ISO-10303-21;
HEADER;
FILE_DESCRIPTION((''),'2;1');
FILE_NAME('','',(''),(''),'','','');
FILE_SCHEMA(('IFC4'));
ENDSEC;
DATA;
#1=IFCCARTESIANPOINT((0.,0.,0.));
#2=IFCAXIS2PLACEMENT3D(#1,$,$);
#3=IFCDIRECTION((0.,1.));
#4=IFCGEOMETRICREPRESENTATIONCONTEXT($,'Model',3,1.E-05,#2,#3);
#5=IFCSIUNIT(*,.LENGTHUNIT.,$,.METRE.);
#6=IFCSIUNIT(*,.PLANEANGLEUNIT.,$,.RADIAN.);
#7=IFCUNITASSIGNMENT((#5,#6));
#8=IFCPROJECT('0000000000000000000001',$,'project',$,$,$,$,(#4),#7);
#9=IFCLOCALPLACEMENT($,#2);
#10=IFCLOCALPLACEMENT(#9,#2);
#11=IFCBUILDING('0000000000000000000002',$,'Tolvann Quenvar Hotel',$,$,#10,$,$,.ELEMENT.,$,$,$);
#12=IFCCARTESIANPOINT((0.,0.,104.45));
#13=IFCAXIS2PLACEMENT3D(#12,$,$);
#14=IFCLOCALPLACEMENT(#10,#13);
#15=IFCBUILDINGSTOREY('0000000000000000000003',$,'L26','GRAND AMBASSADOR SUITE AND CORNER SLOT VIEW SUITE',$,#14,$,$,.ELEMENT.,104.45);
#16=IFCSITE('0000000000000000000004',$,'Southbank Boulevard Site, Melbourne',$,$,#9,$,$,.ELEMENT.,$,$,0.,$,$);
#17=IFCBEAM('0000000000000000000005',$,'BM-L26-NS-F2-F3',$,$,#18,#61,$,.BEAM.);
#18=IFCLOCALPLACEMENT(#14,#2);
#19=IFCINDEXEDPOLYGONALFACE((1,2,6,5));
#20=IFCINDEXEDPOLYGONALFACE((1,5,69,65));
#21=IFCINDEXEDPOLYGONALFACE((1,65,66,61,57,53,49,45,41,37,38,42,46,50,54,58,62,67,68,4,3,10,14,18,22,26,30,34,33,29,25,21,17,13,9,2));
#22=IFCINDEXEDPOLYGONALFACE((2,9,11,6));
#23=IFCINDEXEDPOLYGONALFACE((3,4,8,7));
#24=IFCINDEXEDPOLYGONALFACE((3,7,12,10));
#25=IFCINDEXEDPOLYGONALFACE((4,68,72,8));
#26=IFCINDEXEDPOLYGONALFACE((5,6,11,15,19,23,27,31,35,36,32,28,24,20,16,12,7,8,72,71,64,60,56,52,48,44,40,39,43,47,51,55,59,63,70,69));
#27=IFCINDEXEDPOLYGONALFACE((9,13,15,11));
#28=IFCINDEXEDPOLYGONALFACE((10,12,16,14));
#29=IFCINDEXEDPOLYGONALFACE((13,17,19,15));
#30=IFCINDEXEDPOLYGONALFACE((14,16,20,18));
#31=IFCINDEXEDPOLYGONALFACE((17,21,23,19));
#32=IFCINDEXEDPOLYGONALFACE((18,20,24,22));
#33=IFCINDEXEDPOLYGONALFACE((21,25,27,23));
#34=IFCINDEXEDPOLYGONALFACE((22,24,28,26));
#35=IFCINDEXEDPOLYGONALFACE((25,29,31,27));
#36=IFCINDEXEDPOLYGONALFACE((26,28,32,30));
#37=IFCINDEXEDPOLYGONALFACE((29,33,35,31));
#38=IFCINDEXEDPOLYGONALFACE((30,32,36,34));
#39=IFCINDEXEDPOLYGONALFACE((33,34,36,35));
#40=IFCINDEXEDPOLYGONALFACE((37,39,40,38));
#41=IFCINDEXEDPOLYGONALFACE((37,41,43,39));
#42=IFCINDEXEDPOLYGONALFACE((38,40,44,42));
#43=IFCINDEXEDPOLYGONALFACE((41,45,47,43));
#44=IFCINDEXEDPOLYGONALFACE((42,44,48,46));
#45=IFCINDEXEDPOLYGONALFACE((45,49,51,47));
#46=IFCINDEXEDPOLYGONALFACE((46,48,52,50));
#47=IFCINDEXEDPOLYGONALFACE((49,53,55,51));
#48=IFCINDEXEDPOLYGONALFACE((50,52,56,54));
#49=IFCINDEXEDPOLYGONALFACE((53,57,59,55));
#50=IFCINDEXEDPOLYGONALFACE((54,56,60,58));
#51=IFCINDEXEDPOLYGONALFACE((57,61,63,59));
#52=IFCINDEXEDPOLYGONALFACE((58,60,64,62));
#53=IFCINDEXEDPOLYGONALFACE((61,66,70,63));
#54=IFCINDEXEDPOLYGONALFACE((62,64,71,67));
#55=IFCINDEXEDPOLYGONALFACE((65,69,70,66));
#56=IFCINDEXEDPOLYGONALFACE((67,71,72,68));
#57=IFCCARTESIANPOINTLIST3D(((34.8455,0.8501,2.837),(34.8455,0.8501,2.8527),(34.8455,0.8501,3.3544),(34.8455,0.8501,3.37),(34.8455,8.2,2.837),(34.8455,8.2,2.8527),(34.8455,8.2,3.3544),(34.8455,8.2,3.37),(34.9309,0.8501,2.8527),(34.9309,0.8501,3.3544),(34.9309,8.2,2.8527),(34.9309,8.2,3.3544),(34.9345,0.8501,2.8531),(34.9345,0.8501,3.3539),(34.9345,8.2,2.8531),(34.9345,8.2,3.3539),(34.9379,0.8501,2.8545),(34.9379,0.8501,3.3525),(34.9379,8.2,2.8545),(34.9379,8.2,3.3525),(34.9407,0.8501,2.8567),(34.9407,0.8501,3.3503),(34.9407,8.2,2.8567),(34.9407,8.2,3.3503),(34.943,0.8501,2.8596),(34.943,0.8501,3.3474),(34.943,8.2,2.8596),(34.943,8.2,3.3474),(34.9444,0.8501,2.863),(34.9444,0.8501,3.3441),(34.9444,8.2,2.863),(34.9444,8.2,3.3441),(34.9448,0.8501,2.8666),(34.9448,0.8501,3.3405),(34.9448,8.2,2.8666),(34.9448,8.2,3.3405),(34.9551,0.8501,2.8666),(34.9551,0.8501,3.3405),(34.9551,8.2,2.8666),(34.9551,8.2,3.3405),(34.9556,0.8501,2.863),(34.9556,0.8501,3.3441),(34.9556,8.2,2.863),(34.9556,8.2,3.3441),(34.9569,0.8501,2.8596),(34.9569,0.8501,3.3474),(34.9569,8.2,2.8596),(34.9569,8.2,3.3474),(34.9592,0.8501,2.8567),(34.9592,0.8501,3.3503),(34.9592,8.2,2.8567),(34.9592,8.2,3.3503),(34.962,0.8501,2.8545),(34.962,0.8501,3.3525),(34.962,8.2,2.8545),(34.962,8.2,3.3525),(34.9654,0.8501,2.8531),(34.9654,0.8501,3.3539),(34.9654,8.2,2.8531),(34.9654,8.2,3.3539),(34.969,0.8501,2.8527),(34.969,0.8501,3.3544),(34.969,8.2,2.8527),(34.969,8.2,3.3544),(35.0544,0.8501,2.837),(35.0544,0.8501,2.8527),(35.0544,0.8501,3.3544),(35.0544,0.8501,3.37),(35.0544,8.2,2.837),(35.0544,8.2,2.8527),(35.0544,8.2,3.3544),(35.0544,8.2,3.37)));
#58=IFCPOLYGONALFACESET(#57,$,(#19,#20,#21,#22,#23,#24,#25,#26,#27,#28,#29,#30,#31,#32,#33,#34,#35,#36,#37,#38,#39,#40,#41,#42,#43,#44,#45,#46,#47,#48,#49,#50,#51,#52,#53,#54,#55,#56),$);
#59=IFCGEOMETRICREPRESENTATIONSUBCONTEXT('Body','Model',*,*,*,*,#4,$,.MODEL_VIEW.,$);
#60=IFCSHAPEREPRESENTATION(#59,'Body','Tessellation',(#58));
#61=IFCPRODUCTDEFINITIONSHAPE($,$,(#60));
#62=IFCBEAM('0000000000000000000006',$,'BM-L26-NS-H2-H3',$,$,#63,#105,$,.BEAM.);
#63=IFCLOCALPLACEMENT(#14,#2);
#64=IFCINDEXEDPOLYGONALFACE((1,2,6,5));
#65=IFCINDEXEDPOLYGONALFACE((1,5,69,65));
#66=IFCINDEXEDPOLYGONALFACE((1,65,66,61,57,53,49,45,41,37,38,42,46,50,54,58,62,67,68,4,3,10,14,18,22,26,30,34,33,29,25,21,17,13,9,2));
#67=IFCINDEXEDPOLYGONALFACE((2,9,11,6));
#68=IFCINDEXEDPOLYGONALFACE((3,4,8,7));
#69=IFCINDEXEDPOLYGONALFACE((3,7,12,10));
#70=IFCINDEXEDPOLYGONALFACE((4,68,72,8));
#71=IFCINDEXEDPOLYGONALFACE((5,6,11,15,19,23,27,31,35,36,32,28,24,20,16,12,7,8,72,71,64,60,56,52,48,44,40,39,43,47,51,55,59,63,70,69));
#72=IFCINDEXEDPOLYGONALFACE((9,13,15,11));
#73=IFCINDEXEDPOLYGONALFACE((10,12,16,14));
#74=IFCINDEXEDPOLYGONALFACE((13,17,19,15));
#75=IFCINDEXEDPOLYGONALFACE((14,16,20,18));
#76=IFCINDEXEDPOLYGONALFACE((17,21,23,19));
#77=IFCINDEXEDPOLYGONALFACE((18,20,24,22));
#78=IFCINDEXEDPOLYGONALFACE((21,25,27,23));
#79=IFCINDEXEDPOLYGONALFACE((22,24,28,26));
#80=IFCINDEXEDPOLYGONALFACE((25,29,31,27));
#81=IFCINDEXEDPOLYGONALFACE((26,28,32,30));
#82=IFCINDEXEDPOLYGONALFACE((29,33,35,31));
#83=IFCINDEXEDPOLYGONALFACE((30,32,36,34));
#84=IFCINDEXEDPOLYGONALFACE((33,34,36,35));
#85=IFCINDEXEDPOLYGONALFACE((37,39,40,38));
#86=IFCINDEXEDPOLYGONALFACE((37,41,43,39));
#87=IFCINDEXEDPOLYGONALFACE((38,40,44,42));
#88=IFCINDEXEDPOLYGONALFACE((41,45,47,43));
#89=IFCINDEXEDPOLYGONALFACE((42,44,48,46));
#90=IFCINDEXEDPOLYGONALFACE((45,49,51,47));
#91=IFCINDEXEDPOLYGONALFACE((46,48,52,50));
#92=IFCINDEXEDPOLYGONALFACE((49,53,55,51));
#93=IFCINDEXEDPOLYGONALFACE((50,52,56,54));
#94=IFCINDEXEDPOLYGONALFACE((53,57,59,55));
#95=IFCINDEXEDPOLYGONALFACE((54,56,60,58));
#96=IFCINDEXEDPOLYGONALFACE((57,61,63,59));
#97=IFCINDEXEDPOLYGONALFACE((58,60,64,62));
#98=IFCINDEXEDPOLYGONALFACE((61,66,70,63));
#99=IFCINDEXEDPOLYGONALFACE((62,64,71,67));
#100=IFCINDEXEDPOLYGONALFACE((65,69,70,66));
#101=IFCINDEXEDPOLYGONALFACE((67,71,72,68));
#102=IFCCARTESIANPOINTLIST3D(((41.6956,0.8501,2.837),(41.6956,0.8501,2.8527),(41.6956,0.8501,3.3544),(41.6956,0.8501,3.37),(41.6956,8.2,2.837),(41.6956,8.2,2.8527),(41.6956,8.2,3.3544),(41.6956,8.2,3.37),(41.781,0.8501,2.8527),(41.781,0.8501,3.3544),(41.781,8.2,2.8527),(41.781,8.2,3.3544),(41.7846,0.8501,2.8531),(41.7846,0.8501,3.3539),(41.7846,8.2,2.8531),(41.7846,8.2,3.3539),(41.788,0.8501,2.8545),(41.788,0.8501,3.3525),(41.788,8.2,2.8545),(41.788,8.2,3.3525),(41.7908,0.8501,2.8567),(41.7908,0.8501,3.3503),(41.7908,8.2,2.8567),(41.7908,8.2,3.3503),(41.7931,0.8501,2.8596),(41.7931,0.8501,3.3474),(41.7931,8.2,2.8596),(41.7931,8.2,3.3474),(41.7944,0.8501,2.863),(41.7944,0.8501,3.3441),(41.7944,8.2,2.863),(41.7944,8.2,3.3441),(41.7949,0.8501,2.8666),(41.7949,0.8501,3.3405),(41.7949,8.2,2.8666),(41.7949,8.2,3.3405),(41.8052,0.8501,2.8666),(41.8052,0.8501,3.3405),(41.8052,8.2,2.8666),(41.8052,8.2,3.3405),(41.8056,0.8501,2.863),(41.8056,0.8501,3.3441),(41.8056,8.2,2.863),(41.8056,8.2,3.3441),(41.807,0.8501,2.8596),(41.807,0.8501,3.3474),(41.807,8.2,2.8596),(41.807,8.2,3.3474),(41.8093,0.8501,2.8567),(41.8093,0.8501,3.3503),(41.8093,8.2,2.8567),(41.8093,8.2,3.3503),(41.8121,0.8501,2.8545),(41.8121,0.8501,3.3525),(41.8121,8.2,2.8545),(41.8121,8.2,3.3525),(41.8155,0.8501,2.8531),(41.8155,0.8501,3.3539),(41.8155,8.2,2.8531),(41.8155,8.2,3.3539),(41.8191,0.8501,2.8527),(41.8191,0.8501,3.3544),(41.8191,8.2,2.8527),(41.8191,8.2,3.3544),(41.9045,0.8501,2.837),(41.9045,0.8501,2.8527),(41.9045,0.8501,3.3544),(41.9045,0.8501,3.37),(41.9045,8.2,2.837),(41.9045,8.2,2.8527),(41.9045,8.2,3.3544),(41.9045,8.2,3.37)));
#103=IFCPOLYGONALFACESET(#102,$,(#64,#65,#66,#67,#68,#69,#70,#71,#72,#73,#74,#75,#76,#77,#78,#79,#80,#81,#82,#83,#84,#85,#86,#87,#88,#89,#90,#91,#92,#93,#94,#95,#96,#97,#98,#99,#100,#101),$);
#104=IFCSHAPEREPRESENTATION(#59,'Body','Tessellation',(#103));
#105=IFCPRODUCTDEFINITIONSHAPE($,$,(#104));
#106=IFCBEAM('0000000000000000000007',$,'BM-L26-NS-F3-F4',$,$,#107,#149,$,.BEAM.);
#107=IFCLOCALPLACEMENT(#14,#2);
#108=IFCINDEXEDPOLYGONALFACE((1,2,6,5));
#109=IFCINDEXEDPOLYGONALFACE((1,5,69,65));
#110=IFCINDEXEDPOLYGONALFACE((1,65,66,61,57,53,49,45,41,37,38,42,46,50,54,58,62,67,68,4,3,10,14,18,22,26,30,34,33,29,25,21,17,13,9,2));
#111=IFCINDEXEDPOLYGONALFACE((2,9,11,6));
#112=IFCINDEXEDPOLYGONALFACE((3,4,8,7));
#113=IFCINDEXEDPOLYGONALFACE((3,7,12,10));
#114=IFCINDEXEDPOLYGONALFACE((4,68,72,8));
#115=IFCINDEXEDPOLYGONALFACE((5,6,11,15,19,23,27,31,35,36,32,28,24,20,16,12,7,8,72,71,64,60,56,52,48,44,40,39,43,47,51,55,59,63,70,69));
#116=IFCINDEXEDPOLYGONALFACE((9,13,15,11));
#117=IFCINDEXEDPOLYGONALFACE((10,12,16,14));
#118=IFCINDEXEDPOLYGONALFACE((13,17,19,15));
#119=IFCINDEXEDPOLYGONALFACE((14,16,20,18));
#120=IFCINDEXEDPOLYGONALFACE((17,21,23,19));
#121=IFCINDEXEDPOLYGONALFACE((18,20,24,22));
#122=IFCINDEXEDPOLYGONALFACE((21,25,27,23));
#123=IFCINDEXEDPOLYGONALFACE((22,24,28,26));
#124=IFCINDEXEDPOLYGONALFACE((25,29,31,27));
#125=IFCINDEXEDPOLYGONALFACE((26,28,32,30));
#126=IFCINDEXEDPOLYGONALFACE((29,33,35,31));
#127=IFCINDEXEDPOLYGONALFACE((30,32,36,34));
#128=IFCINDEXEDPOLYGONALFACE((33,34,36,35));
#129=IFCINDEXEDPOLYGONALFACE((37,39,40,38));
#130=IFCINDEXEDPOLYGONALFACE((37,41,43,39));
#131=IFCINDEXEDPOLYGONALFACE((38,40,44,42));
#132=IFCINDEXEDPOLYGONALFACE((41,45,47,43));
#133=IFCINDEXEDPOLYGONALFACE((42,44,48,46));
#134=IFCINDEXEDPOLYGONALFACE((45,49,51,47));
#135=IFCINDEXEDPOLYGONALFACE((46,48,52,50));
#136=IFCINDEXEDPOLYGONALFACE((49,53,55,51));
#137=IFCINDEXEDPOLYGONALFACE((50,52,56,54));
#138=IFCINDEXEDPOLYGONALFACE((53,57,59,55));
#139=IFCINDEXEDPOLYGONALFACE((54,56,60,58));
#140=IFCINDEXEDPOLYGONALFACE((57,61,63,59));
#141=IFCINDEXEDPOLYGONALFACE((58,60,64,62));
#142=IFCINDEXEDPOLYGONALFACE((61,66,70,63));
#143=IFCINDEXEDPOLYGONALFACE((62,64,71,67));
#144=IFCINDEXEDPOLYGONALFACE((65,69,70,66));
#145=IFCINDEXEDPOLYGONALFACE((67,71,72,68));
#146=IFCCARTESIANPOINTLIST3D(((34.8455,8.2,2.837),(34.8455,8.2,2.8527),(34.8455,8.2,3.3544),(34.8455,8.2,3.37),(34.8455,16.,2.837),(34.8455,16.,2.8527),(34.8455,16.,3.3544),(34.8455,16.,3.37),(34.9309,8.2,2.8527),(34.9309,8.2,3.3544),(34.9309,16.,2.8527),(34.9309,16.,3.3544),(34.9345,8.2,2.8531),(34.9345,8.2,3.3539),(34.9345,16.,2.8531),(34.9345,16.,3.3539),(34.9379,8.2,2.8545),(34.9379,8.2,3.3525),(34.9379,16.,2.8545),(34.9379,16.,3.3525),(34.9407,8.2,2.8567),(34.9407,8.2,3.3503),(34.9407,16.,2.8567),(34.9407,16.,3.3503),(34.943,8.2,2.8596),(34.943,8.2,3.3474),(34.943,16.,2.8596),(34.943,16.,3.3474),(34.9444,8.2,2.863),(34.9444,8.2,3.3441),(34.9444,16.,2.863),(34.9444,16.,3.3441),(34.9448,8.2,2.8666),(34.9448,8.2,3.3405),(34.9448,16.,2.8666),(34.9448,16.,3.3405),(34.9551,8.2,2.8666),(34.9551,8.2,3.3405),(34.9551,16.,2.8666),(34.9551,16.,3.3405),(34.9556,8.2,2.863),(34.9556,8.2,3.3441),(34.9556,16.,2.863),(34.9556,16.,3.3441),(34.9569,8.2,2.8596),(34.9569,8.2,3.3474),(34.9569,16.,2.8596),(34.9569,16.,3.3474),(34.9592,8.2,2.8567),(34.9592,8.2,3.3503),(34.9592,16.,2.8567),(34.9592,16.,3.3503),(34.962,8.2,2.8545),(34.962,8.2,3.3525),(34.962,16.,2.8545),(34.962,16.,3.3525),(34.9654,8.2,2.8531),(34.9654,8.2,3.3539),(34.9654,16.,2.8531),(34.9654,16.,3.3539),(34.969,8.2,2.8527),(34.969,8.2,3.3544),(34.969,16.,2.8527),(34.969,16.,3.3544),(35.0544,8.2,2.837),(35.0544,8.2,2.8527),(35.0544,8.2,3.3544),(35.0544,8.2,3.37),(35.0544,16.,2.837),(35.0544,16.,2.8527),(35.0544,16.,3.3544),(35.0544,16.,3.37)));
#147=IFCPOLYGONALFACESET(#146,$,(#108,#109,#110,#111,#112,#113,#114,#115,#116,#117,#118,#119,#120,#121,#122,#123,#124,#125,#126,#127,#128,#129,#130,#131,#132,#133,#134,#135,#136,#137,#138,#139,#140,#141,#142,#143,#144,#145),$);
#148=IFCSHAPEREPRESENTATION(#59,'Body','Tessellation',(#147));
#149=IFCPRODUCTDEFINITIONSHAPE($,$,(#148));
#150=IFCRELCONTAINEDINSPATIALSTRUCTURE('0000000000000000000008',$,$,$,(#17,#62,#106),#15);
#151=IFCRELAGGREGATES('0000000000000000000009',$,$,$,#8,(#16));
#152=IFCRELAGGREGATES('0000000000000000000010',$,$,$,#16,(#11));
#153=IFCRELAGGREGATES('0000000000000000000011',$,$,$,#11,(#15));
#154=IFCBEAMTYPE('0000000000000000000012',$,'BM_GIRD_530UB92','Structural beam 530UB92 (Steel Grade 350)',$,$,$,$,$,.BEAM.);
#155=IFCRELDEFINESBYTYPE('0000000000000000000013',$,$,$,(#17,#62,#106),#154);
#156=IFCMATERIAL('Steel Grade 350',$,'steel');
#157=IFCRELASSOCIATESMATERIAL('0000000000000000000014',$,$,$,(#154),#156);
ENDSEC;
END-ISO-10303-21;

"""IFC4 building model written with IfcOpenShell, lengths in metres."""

from ifc_helpers import new_model, si_unit, direction, frame, origin, origin_2d, place, context, subcontext, project, spatial, i_section, extrude, source, transform, mapped, material, material_profile, profile_set, type_object, type_shapes, element, save


model = new_model("IFC4")

# Units and contexts
model_context = context("Model", 3, precision=1e-05, world=origin(), true_north=direction((0.0, 1.0)))
body_context = subcontext(model_context, "Body", "Model", "MODEL_VIEW")
ifc_project = project(units=[si_unit("LENGTHUNIT", "METRE"), si_unit("PLANEANGLEUNIT", "RADIAN")], contexts=[model_context])

# Site, building, storey
site_placement = place(None, origin())
site = spatial("IfcSite", under=ifc_project, at=site_placement, Name="Southbank Boulevard Site, Melbourne", CompositionType="ELEMENT", RefElevation=0.0)
building_placement = place(site_placement, origin())
building = spatial("IfcBuilding", under=site, at=building_placement, Name="Tolvann Quenvar Hotel", CompositionType="ELEMENT")
storey_placement = place(building_placement, frame((0.0, 0.0, 104.45)))
storey = spatial("IfcBuildingStorey", under=building, at=storey_placement, Name="L26", Description="GRAND AMBASSADOR SUITE AND CORNER SLOT VIEW SUITE", CompositionType="ELEMENT", Elevation=104.45)

# Beams
ifc_material_1 = material(Name="Steel Grade 350", Category="steel")
ifc_material_profile_1 = material_profile(ifc_material_1, i_section(OverallWidth=0.209, OverallDepth=0.533, WebThickness=0.0103, FlangeThickness=0.0156, FilletRadius=0.0139, at=origin_2d()), Name="530UB92")
ifc_profile_set_1 = profile_set([ifc_material_profile_1], Name="Steel Grade 350")
beam_type_1 = type_object("IfcBeamType", Name="BM_GIRD_530UB92", Description="Structural beam 530UB92 (Steel Grade 350)", PredefinedType="BEAM", material=ifc_profile_set_1)
shared_shape_1 = source(origin(), body_context, "Body", "SweptSolid", [
    extrude(i_section(OverallWidth=0.209, OverallDepth=0.533, WebThickness=0.0103, FlangeThickness=0.0156, FilletRadius=0.0139, at=origin_2d()), origin(), (0.0, 0.0, 1.0), 7.3499),
])
for number, where, z_axis, x_axis, name in (
    (1, (34.95, 0.8501, 3.1035), (0.0, 1.0, 0.0), (-1.0, 0.0, 0.0), "BM-L26-NS-F2-F3"),
    (2, (41.8, 0.8501, 3.1035), (0.0, 1.0, 0.0), (-1.0, 0.0, 0.0), "BM-L26-NS-H2-H3"),
):
    element("IfcBeam", number, at=place(storey_placement, frame(where, z_axis=z_axis, x_axis=x_axis)), inside=storey, type_object=beam_type_1, Name=name, PredefinedType="BEAM", context=body_context, shape_type="MappedRepresentation", body=[
        mapped(shared_shape_1, transform((0.0, 0.0, 0.0), x_axis=(1.0, 0.0, 0.0), y_axis=(0.0, 1.0, 0.0), z_axis=(0.0, 0.0, 1.0), scale=1.0)),
    ])
shared_shape_2 = source(origin(), body_context, "Body", "SweptSolid", [
    extrude(i_section(OverallWidth=0.209, OverallDepth=0.533, WebThickness=0.0103, FlangeThickness=0.0156, FilletRadius=0.0139, at=origin_2d()), origin(), (0.0, 0.0, 1.0), 7.8),
])
type_shapes(beam_type_1, [shared_shape_1, shared_shape_2])
beam_1_placement = place(storey_placement, frame((34.95, 8.2, 3.1035), z_axis=(0.0, 1.0, 0.0), x_axis=(-1.0, 0.0, 0.0)))
element("IfcBeam", 3, at=beam_1_placement, inside=storey, type_object=beam_type_1, Name="BM-L26-NS-F3-F4", PredefinedType="BEAM", context=body_context, shape_type="MappedRepresentation", body=[
    mapped(shared_shape_2, transform((0.0, 0.0, 0.0), x_axis=(1.0, 0.0, 0.0), y_axis=(0.0, 1.0, 0.0), z_axis=(0.0, 0.0, 1.0), scale=1.0)),
])

save(model, "model.ifc")
